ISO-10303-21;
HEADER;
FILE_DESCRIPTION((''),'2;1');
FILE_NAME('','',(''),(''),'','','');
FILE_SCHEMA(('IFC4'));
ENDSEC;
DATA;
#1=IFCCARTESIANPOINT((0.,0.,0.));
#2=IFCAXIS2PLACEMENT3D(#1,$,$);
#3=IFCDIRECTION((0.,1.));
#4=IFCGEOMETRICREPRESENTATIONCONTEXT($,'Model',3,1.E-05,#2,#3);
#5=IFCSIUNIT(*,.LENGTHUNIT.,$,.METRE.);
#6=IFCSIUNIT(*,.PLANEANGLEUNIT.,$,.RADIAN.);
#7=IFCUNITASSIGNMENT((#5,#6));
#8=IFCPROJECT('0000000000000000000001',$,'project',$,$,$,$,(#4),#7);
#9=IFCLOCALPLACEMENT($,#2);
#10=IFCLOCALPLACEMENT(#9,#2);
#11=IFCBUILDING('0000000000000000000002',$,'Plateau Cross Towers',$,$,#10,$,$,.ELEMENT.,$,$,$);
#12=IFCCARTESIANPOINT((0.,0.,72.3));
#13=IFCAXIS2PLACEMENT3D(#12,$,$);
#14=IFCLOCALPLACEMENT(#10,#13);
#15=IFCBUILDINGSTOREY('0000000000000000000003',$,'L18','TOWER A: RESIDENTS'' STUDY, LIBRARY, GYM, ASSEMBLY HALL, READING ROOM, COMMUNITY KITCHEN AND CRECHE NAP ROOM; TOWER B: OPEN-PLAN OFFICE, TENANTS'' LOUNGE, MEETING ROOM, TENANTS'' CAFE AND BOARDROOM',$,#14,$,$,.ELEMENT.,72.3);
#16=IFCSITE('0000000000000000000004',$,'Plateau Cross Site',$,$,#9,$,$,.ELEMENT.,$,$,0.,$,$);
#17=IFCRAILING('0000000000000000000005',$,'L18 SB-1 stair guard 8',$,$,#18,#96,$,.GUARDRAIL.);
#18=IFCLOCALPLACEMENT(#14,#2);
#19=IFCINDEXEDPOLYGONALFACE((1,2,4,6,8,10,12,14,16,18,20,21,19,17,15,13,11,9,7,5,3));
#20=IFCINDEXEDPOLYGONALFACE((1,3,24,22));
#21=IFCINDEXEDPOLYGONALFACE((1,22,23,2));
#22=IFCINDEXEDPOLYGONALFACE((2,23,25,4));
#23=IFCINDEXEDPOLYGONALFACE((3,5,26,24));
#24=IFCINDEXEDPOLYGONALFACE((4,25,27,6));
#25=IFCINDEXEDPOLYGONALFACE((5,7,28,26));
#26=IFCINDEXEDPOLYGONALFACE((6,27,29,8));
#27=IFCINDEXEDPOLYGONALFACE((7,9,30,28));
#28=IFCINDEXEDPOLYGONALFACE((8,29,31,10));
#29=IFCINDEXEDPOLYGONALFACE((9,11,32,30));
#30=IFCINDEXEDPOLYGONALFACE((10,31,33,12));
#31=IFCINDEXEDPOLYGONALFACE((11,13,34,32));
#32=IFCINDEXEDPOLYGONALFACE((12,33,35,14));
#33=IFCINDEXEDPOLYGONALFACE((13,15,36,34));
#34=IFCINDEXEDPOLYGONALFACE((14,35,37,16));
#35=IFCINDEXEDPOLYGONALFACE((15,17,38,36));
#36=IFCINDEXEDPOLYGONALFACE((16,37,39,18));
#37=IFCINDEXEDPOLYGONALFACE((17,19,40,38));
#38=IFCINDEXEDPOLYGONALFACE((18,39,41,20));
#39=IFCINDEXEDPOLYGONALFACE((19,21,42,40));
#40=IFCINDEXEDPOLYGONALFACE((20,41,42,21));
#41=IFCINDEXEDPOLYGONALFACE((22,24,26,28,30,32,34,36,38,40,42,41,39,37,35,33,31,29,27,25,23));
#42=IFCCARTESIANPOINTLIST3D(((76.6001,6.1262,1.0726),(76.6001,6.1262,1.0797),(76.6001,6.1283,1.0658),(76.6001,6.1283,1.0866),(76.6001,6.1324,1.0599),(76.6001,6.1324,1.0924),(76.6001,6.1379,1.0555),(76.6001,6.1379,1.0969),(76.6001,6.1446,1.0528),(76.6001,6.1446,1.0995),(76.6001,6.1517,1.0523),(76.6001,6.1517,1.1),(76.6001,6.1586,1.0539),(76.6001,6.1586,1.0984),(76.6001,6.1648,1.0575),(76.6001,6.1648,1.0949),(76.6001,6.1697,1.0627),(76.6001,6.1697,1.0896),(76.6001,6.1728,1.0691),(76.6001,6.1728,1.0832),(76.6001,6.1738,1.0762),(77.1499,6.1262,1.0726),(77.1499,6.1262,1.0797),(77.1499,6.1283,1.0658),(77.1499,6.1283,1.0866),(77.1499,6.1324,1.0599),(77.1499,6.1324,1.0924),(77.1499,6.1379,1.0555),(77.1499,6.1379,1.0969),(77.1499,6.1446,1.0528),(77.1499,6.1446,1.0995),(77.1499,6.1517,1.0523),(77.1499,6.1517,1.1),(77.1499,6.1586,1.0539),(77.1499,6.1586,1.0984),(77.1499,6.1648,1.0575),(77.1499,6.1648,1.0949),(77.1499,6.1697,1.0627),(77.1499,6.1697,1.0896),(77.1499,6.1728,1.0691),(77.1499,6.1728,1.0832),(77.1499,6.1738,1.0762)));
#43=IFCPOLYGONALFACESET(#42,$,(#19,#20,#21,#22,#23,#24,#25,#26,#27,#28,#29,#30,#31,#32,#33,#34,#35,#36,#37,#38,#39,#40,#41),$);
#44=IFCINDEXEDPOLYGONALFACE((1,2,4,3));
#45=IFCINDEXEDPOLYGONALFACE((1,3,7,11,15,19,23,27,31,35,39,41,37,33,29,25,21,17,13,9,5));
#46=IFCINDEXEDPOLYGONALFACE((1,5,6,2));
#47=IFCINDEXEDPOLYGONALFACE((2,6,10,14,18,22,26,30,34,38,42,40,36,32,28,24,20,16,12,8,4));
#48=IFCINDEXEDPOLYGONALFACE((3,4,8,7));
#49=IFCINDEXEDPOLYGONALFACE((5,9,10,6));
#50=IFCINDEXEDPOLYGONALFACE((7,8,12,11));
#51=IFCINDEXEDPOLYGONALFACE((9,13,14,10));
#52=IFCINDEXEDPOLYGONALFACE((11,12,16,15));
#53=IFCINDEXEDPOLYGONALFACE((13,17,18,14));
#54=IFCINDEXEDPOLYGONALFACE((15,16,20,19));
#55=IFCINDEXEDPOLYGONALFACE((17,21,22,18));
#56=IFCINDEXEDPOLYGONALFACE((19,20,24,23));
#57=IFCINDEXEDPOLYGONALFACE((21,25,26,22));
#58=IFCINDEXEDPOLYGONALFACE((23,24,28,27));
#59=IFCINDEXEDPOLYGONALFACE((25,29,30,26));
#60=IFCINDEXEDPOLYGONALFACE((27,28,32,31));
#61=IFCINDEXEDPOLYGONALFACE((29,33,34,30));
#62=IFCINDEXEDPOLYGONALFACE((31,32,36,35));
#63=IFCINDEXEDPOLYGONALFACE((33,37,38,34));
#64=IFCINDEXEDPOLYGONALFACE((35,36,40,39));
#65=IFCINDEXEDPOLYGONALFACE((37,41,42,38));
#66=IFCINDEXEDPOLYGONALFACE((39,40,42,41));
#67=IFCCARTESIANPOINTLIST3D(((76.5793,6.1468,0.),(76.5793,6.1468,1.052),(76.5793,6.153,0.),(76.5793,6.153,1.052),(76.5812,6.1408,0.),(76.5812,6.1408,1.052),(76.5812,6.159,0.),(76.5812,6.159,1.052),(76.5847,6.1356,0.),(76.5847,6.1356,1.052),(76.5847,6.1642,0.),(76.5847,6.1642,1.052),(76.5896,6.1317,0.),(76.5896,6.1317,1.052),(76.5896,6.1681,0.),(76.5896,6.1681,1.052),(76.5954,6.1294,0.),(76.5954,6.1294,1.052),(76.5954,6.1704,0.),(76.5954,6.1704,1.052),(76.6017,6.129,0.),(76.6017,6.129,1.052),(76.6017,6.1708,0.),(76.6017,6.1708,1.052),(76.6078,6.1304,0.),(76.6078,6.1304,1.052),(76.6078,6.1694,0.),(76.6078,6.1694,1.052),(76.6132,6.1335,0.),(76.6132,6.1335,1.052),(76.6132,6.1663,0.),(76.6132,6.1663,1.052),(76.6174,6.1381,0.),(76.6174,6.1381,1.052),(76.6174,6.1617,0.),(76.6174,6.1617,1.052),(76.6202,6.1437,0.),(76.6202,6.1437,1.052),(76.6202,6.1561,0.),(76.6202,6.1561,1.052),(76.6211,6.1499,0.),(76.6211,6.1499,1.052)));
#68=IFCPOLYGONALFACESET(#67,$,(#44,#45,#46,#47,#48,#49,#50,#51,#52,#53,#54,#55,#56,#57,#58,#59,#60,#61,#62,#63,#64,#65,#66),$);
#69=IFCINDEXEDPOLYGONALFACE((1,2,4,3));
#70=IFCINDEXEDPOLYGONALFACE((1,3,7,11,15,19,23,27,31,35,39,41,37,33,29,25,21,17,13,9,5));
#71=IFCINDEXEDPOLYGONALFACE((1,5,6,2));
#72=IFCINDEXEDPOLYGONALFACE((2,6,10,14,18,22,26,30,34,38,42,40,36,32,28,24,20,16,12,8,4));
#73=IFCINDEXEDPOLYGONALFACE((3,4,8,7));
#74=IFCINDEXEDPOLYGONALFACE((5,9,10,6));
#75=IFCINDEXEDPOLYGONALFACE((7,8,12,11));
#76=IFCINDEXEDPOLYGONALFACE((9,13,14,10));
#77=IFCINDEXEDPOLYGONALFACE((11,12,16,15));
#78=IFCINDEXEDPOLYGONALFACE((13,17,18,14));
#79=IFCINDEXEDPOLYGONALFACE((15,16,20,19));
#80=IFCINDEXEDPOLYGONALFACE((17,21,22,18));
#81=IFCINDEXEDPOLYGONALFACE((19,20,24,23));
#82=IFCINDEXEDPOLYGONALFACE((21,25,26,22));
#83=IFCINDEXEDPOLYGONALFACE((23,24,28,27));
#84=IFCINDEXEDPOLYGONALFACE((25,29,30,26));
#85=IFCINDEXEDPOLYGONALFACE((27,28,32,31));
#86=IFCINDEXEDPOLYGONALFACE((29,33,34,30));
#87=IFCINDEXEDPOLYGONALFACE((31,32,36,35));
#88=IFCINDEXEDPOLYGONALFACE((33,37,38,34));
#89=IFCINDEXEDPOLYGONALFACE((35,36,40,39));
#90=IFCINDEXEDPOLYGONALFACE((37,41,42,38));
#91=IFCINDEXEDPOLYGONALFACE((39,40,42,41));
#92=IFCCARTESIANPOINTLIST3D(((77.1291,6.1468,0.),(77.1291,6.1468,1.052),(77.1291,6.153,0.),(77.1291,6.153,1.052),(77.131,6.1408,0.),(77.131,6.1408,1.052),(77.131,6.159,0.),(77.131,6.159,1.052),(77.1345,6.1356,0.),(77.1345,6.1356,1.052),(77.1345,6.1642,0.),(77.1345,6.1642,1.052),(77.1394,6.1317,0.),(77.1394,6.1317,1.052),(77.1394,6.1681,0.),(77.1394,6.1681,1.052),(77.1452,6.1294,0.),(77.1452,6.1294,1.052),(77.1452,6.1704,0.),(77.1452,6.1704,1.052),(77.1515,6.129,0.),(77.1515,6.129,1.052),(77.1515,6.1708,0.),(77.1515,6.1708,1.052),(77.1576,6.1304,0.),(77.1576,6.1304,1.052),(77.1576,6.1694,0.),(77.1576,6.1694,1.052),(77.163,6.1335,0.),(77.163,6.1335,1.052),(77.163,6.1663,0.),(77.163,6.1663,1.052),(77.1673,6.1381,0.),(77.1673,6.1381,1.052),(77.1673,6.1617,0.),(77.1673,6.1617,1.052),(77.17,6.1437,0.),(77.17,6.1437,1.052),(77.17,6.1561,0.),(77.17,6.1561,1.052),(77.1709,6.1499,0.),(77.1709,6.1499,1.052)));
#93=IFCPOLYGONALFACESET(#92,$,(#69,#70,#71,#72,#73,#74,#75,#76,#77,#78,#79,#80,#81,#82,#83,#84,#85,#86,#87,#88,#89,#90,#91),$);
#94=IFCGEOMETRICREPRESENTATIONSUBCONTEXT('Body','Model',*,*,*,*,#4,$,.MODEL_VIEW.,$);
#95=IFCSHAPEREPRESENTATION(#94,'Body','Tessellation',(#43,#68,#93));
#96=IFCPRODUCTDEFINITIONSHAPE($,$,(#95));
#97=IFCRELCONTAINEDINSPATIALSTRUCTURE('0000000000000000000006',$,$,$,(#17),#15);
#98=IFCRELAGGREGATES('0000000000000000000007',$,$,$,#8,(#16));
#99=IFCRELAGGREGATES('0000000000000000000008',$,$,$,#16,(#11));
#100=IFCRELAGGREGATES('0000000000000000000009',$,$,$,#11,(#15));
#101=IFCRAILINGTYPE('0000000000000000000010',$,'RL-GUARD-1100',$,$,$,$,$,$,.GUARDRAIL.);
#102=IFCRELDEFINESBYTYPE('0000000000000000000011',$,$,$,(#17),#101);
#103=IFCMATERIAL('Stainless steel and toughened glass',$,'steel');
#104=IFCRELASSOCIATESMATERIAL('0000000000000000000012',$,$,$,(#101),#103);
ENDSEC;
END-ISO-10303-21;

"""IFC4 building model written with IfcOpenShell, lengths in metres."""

from ifc_helpers import new_model, si_unit, direction, frame, origin, origin_2d, place, context, subcontext, project, spatial, circle, extrude, material, type_object, element, save


model = new_model("IFC4")

# Units and contexts
model_context = context("Model", 3, precision=1e-05, world=origin(), true_north=direction((0.0, 1.0)))
body_context = subcontext(model_context, "Body", "Model", "MODEL_VIEW")
ifc_project = project(units=[si_unit("LENGTHUNIT", "METRE"), si_unit("PLANEANGLEUNIT", "RADIAN")], contexts=[model_context])

# Site, building, storey
site_placement = place(None, origin())
site = spatial("IfcSite", under=ifc_project, at=site_placement, Name="Plateau Cross Site", CompositionType="ELEMENT", RefElevation=0.0)
building_placement = place(site_placement, origin())
building = spatial("IfcBuilding", under=site, at=building_placement, Name="Plateau Cross Towers", CompositionType="ELEMENT")
storey_placement = place(building_placement, frame((0.0, 0.0, 72.3)))
storey = spatial("IfcBuildingStorey", under=building, at=storey_placement, Name="L18", Description="TOWER A: RESIDENTS' STUDY, LIBRARY, GYM, ASSEMBLY HALL, READING ROOM, COMMUNITY KITCHEN AND CRECHE NAP ROOM; TOWER B: OPEN-PLAN OFFICE, TENANTS' LOUNGE, MEETING ROOM, TENANTS' CAFE AND BOARDROOM", CompositionType="ELEMENT", Elevation=72.3)

# Railing
ifc_material_1 = material(Name="Stainless steel and toughened glass", Category="steel")
railing_type = type_object("IfcRailingType", Name="RL-GUARD-1100", PredefinedType="GUARDRAIL", material=ifc_material_1)
railing_1_placement = place(storey_placement, frame((76.6001, 6.1499, 0.0)))
element("IfcRailing", 1, at=railing_1_placement, inside=storey, type_object=railing_type, Name="L18 SB-1 stair guard 8", PredefinedType="GUARDRAIL", context=body_context, shape_type="SweptSolid", body=[
    extrude(circle(Radius=0.0239, at=origin_2d()), frame((0.0, 0.0, 1.0762), z_axis=(1.0, 0.0, 0.0), x_axis=(0.0, 1.0, 0.0)), (0.0, 0.0, 1.0), 0.5498),
    extrude(circle(Radius=0.021, at=origin_2d()), origin(), (0.0, 0.0, 1.0), 1.052),
    extrude(circle(Radius=0.021, at=origin_2d()), frame((0.5498, 0.0, 0.0)), (0.0, 0.0, 1.0), 1.052),
])

save(model, "model.ifc")
